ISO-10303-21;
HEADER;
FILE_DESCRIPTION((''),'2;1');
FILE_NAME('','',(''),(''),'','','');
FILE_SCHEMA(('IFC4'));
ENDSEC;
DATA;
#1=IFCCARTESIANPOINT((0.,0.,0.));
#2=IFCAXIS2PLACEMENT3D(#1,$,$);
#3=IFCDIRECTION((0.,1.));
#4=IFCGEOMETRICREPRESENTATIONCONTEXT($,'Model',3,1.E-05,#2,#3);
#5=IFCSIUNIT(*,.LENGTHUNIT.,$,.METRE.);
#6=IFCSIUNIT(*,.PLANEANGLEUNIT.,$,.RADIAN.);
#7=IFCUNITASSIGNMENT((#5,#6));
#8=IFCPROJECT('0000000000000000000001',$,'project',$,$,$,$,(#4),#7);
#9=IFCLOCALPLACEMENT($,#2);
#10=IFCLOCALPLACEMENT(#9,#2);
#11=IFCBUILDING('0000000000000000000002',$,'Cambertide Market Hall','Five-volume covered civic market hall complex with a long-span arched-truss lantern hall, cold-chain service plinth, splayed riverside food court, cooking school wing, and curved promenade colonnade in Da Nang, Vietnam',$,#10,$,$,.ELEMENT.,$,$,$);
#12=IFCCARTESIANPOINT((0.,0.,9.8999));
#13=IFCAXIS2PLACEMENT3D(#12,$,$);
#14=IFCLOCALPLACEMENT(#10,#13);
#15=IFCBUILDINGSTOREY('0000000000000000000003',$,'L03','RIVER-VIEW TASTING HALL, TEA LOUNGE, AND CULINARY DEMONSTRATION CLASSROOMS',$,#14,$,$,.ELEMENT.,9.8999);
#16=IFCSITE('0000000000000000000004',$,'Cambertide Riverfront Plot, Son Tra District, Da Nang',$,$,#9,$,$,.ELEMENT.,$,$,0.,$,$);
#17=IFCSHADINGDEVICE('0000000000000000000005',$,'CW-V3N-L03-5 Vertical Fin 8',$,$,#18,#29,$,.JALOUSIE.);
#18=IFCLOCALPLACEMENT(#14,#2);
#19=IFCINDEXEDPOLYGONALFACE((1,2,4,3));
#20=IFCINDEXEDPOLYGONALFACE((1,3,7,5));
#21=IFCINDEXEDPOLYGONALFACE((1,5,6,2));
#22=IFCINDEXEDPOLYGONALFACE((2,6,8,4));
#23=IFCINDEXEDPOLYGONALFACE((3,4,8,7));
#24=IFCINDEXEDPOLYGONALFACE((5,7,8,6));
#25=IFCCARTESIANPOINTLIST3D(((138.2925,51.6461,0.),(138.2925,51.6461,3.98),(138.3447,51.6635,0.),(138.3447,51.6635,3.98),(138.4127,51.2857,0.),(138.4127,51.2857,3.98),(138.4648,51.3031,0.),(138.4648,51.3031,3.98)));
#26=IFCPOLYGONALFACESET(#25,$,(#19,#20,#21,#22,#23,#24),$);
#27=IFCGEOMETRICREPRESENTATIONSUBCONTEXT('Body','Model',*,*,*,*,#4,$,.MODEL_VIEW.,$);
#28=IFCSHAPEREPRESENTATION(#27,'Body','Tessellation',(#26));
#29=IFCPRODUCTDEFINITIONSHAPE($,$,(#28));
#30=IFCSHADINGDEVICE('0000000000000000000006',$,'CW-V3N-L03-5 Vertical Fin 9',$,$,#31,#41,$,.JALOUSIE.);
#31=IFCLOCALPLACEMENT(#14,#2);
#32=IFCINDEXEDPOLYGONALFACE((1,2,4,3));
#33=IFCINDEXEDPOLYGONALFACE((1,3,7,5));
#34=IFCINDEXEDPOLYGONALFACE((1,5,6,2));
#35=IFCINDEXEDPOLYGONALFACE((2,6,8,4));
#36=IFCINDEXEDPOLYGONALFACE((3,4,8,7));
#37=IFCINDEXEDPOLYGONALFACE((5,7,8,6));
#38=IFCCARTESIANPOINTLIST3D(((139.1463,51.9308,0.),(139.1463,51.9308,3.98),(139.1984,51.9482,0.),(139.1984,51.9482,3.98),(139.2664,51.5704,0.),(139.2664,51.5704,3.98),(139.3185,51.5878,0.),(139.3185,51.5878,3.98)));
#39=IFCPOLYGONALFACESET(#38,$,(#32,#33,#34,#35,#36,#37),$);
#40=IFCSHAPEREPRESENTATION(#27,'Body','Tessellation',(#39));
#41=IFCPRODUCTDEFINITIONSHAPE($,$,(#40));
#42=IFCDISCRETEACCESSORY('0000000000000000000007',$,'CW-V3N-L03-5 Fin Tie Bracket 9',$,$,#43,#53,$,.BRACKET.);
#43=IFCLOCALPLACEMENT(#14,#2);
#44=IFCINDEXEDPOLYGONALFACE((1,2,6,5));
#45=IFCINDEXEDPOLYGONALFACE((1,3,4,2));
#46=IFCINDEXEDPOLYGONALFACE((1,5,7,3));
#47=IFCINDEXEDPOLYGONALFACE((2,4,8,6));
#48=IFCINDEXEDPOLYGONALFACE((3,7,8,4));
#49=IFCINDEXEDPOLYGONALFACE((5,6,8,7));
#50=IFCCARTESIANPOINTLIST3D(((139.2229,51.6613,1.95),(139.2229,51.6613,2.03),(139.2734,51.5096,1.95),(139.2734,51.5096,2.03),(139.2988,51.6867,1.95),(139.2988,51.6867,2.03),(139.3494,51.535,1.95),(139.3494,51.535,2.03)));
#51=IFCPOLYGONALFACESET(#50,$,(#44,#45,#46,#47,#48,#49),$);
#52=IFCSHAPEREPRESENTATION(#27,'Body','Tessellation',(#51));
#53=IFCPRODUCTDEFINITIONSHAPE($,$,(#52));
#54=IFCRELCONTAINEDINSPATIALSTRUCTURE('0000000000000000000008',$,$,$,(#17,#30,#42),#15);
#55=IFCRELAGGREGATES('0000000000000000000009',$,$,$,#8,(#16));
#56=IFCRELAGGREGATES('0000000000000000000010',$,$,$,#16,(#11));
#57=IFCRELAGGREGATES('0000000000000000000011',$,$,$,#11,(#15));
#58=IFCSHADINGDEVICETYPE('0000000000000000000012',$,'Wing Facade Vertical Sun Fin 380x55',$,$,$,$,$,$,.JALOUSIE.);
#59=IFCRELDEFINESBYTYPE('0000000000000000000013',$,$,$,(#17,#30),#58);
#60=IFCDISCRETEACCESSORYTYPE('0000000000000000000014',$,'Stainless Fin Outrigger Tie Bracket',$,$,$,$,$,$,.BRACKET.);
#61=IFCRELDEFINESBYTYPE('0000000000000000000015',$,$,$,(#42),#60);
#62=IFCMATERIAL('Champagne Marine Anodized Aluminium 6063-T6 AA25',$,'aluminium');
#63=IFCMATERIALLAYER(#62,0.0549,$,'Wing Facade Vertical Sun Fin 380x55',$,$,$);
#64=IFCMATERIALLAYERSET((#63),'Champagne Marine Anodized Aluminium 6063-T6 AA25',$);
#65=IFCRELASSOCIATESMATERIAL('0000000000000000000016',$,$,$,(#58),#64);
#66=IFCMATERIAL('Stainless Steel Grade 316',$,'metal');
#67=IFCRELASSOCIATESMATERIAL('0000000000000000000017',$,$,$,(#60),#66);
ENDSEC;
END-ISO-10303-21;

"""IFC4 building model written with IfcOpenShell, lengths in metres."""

from ifc_helpers import new_model, si_unit, direction, frame, origin, origin_2d, place, context, subcontext, project, spatial, rectangle, extrude, material, layer, layer_set, type_object, element, save


model = new_model("IFC4")

# Units and contexts
model_context = context("Model", 3, precision=1e-05, world=origin(), true_north=direction((0.0, 1.0)))
body_context = subcontext(model_context, "Body", "Model", "MODEL_VIEW")
ifc_project = project(units=[si_unit("LENGTHUNIT", "METRE"), si_unit("PLANEANGLEUNIT", "RADIAN")], contexts=[model_context])

# Site, building, storey
site_placement = place(None, origin())
site = spatial("IfcSite", under=ifc_project, at=site_placement, Name="Cambertide Riverfront Plot, Son Tra District, Da Nang", CompositionType="ELEMENT", RefElevation=0.0)
building_placement = place(site_placement, origin())
building = spatial("IfcBuilding", under=site, at=building_placement, Name="Cambertide Market Hall", Description="Five-volume covered civic market hall complex with a long-span arched-truss lantern hall, cold-chain service plinth, splayed riverside food court, cooking school wing, and curved promenade colonnade in Da Nang, Vietnam", CompositionType="ELEMENT")
storey_placement = place(building_placement, frame((0.0, 0.0, 9.8999)))
storey = spatial("IfcBuildingStorey", under=building, at=storey_placement, Name="L03", Description="RIVER-VIEW TASTING HALL, TEA LOUNGE, AND CULINARY DEMONSTRATION CLASSROOMS", CompositionType="ELEMENT", Elevation=9.8999)

# Shading devices
ifc_material_1 = material(Name="Champagne Marine Anodized Aluminium 6063-T6 AA25", Category="aluminium")
ifc_layer_1 = layer(ifc_material_1, 0.0549, Name="Wing Facade Vertical Sun Fin 380x55")
ifc_layer_set_1 = layer_set([ifc_layer_1], Name="Champagne Marine Anodized Aluminium 6063-T6 AA25")
shading_device_type = type_object("IfcShadingDeviceType", Name="Wing Facade Vertical Sun Fin 380x55", PredefinedType="JALOUSIE", material=ifc_layer_set_1)
for number, where, z_axis, x_axis, name in (
    (1, (138.3787, 51.4746, 0.0), (0.0, 0.0, 1.0), (0.948683, 0.316228, 0.0), "CW-V3N-L03-5 Vertical Fin 8"),
    (2, (139.2324, 51.7593, 0.0), (0.0, 0.0, 1.0), (0.948683, 0.316228, 0.0), "CW-V3N-L03-5 Vertical Fin 9"),
):
    element("IfcShadingDevice", number, at=place(storey_placement, frame(where, z_axis=z_axis, x_axis=x_axis)), inside=storey, type_object=shading_device_type, Name=name, PredefinedType="JALOUSIE", context=body_context, shape_type="SweptSolid", body=[
        extrude(rectangle(XDim=0.0549, YDim=0.3799, at=origin_2d()), origin(), (0.0, 0.0, 1.0), 3.98),
    ])

# Discrete accessory
ifc_material_2 = material(Name="Stainless Steel Grade 316", Category="metal")
discrete_accessory_type = type_object("IfcDiscreteAccessoryType", Name="Stainless Fin Outrigger Tie Bracket", PredefinedType="BRACKET", material=ifc_material_2)
discrete_accessory_placement = place(storey_placement, frame((139.2861, 51.5981, 1.95), z_axis=(0.0, 0.0, 1.0), x_axis=(0.948683, 0.316228, 0.0)))
element("IfcDiscreteAccessory", 3, at=discrete_accessory_placement, inside=storey, type_object=discrete_accessory_type, Name="CW-V3N-L03-5 Fin Tie Bracket 9", PredefinedType="BRACKET", context=body_context, shape_type="SweptSolid", body=[
    extrude(rectangle(XDim=0.0801, YDim=0.1599, at=origin_2d()), origin(), (0.0, 0.0, 1.0), 0.0801),
])

save(model, "model.ifc")
